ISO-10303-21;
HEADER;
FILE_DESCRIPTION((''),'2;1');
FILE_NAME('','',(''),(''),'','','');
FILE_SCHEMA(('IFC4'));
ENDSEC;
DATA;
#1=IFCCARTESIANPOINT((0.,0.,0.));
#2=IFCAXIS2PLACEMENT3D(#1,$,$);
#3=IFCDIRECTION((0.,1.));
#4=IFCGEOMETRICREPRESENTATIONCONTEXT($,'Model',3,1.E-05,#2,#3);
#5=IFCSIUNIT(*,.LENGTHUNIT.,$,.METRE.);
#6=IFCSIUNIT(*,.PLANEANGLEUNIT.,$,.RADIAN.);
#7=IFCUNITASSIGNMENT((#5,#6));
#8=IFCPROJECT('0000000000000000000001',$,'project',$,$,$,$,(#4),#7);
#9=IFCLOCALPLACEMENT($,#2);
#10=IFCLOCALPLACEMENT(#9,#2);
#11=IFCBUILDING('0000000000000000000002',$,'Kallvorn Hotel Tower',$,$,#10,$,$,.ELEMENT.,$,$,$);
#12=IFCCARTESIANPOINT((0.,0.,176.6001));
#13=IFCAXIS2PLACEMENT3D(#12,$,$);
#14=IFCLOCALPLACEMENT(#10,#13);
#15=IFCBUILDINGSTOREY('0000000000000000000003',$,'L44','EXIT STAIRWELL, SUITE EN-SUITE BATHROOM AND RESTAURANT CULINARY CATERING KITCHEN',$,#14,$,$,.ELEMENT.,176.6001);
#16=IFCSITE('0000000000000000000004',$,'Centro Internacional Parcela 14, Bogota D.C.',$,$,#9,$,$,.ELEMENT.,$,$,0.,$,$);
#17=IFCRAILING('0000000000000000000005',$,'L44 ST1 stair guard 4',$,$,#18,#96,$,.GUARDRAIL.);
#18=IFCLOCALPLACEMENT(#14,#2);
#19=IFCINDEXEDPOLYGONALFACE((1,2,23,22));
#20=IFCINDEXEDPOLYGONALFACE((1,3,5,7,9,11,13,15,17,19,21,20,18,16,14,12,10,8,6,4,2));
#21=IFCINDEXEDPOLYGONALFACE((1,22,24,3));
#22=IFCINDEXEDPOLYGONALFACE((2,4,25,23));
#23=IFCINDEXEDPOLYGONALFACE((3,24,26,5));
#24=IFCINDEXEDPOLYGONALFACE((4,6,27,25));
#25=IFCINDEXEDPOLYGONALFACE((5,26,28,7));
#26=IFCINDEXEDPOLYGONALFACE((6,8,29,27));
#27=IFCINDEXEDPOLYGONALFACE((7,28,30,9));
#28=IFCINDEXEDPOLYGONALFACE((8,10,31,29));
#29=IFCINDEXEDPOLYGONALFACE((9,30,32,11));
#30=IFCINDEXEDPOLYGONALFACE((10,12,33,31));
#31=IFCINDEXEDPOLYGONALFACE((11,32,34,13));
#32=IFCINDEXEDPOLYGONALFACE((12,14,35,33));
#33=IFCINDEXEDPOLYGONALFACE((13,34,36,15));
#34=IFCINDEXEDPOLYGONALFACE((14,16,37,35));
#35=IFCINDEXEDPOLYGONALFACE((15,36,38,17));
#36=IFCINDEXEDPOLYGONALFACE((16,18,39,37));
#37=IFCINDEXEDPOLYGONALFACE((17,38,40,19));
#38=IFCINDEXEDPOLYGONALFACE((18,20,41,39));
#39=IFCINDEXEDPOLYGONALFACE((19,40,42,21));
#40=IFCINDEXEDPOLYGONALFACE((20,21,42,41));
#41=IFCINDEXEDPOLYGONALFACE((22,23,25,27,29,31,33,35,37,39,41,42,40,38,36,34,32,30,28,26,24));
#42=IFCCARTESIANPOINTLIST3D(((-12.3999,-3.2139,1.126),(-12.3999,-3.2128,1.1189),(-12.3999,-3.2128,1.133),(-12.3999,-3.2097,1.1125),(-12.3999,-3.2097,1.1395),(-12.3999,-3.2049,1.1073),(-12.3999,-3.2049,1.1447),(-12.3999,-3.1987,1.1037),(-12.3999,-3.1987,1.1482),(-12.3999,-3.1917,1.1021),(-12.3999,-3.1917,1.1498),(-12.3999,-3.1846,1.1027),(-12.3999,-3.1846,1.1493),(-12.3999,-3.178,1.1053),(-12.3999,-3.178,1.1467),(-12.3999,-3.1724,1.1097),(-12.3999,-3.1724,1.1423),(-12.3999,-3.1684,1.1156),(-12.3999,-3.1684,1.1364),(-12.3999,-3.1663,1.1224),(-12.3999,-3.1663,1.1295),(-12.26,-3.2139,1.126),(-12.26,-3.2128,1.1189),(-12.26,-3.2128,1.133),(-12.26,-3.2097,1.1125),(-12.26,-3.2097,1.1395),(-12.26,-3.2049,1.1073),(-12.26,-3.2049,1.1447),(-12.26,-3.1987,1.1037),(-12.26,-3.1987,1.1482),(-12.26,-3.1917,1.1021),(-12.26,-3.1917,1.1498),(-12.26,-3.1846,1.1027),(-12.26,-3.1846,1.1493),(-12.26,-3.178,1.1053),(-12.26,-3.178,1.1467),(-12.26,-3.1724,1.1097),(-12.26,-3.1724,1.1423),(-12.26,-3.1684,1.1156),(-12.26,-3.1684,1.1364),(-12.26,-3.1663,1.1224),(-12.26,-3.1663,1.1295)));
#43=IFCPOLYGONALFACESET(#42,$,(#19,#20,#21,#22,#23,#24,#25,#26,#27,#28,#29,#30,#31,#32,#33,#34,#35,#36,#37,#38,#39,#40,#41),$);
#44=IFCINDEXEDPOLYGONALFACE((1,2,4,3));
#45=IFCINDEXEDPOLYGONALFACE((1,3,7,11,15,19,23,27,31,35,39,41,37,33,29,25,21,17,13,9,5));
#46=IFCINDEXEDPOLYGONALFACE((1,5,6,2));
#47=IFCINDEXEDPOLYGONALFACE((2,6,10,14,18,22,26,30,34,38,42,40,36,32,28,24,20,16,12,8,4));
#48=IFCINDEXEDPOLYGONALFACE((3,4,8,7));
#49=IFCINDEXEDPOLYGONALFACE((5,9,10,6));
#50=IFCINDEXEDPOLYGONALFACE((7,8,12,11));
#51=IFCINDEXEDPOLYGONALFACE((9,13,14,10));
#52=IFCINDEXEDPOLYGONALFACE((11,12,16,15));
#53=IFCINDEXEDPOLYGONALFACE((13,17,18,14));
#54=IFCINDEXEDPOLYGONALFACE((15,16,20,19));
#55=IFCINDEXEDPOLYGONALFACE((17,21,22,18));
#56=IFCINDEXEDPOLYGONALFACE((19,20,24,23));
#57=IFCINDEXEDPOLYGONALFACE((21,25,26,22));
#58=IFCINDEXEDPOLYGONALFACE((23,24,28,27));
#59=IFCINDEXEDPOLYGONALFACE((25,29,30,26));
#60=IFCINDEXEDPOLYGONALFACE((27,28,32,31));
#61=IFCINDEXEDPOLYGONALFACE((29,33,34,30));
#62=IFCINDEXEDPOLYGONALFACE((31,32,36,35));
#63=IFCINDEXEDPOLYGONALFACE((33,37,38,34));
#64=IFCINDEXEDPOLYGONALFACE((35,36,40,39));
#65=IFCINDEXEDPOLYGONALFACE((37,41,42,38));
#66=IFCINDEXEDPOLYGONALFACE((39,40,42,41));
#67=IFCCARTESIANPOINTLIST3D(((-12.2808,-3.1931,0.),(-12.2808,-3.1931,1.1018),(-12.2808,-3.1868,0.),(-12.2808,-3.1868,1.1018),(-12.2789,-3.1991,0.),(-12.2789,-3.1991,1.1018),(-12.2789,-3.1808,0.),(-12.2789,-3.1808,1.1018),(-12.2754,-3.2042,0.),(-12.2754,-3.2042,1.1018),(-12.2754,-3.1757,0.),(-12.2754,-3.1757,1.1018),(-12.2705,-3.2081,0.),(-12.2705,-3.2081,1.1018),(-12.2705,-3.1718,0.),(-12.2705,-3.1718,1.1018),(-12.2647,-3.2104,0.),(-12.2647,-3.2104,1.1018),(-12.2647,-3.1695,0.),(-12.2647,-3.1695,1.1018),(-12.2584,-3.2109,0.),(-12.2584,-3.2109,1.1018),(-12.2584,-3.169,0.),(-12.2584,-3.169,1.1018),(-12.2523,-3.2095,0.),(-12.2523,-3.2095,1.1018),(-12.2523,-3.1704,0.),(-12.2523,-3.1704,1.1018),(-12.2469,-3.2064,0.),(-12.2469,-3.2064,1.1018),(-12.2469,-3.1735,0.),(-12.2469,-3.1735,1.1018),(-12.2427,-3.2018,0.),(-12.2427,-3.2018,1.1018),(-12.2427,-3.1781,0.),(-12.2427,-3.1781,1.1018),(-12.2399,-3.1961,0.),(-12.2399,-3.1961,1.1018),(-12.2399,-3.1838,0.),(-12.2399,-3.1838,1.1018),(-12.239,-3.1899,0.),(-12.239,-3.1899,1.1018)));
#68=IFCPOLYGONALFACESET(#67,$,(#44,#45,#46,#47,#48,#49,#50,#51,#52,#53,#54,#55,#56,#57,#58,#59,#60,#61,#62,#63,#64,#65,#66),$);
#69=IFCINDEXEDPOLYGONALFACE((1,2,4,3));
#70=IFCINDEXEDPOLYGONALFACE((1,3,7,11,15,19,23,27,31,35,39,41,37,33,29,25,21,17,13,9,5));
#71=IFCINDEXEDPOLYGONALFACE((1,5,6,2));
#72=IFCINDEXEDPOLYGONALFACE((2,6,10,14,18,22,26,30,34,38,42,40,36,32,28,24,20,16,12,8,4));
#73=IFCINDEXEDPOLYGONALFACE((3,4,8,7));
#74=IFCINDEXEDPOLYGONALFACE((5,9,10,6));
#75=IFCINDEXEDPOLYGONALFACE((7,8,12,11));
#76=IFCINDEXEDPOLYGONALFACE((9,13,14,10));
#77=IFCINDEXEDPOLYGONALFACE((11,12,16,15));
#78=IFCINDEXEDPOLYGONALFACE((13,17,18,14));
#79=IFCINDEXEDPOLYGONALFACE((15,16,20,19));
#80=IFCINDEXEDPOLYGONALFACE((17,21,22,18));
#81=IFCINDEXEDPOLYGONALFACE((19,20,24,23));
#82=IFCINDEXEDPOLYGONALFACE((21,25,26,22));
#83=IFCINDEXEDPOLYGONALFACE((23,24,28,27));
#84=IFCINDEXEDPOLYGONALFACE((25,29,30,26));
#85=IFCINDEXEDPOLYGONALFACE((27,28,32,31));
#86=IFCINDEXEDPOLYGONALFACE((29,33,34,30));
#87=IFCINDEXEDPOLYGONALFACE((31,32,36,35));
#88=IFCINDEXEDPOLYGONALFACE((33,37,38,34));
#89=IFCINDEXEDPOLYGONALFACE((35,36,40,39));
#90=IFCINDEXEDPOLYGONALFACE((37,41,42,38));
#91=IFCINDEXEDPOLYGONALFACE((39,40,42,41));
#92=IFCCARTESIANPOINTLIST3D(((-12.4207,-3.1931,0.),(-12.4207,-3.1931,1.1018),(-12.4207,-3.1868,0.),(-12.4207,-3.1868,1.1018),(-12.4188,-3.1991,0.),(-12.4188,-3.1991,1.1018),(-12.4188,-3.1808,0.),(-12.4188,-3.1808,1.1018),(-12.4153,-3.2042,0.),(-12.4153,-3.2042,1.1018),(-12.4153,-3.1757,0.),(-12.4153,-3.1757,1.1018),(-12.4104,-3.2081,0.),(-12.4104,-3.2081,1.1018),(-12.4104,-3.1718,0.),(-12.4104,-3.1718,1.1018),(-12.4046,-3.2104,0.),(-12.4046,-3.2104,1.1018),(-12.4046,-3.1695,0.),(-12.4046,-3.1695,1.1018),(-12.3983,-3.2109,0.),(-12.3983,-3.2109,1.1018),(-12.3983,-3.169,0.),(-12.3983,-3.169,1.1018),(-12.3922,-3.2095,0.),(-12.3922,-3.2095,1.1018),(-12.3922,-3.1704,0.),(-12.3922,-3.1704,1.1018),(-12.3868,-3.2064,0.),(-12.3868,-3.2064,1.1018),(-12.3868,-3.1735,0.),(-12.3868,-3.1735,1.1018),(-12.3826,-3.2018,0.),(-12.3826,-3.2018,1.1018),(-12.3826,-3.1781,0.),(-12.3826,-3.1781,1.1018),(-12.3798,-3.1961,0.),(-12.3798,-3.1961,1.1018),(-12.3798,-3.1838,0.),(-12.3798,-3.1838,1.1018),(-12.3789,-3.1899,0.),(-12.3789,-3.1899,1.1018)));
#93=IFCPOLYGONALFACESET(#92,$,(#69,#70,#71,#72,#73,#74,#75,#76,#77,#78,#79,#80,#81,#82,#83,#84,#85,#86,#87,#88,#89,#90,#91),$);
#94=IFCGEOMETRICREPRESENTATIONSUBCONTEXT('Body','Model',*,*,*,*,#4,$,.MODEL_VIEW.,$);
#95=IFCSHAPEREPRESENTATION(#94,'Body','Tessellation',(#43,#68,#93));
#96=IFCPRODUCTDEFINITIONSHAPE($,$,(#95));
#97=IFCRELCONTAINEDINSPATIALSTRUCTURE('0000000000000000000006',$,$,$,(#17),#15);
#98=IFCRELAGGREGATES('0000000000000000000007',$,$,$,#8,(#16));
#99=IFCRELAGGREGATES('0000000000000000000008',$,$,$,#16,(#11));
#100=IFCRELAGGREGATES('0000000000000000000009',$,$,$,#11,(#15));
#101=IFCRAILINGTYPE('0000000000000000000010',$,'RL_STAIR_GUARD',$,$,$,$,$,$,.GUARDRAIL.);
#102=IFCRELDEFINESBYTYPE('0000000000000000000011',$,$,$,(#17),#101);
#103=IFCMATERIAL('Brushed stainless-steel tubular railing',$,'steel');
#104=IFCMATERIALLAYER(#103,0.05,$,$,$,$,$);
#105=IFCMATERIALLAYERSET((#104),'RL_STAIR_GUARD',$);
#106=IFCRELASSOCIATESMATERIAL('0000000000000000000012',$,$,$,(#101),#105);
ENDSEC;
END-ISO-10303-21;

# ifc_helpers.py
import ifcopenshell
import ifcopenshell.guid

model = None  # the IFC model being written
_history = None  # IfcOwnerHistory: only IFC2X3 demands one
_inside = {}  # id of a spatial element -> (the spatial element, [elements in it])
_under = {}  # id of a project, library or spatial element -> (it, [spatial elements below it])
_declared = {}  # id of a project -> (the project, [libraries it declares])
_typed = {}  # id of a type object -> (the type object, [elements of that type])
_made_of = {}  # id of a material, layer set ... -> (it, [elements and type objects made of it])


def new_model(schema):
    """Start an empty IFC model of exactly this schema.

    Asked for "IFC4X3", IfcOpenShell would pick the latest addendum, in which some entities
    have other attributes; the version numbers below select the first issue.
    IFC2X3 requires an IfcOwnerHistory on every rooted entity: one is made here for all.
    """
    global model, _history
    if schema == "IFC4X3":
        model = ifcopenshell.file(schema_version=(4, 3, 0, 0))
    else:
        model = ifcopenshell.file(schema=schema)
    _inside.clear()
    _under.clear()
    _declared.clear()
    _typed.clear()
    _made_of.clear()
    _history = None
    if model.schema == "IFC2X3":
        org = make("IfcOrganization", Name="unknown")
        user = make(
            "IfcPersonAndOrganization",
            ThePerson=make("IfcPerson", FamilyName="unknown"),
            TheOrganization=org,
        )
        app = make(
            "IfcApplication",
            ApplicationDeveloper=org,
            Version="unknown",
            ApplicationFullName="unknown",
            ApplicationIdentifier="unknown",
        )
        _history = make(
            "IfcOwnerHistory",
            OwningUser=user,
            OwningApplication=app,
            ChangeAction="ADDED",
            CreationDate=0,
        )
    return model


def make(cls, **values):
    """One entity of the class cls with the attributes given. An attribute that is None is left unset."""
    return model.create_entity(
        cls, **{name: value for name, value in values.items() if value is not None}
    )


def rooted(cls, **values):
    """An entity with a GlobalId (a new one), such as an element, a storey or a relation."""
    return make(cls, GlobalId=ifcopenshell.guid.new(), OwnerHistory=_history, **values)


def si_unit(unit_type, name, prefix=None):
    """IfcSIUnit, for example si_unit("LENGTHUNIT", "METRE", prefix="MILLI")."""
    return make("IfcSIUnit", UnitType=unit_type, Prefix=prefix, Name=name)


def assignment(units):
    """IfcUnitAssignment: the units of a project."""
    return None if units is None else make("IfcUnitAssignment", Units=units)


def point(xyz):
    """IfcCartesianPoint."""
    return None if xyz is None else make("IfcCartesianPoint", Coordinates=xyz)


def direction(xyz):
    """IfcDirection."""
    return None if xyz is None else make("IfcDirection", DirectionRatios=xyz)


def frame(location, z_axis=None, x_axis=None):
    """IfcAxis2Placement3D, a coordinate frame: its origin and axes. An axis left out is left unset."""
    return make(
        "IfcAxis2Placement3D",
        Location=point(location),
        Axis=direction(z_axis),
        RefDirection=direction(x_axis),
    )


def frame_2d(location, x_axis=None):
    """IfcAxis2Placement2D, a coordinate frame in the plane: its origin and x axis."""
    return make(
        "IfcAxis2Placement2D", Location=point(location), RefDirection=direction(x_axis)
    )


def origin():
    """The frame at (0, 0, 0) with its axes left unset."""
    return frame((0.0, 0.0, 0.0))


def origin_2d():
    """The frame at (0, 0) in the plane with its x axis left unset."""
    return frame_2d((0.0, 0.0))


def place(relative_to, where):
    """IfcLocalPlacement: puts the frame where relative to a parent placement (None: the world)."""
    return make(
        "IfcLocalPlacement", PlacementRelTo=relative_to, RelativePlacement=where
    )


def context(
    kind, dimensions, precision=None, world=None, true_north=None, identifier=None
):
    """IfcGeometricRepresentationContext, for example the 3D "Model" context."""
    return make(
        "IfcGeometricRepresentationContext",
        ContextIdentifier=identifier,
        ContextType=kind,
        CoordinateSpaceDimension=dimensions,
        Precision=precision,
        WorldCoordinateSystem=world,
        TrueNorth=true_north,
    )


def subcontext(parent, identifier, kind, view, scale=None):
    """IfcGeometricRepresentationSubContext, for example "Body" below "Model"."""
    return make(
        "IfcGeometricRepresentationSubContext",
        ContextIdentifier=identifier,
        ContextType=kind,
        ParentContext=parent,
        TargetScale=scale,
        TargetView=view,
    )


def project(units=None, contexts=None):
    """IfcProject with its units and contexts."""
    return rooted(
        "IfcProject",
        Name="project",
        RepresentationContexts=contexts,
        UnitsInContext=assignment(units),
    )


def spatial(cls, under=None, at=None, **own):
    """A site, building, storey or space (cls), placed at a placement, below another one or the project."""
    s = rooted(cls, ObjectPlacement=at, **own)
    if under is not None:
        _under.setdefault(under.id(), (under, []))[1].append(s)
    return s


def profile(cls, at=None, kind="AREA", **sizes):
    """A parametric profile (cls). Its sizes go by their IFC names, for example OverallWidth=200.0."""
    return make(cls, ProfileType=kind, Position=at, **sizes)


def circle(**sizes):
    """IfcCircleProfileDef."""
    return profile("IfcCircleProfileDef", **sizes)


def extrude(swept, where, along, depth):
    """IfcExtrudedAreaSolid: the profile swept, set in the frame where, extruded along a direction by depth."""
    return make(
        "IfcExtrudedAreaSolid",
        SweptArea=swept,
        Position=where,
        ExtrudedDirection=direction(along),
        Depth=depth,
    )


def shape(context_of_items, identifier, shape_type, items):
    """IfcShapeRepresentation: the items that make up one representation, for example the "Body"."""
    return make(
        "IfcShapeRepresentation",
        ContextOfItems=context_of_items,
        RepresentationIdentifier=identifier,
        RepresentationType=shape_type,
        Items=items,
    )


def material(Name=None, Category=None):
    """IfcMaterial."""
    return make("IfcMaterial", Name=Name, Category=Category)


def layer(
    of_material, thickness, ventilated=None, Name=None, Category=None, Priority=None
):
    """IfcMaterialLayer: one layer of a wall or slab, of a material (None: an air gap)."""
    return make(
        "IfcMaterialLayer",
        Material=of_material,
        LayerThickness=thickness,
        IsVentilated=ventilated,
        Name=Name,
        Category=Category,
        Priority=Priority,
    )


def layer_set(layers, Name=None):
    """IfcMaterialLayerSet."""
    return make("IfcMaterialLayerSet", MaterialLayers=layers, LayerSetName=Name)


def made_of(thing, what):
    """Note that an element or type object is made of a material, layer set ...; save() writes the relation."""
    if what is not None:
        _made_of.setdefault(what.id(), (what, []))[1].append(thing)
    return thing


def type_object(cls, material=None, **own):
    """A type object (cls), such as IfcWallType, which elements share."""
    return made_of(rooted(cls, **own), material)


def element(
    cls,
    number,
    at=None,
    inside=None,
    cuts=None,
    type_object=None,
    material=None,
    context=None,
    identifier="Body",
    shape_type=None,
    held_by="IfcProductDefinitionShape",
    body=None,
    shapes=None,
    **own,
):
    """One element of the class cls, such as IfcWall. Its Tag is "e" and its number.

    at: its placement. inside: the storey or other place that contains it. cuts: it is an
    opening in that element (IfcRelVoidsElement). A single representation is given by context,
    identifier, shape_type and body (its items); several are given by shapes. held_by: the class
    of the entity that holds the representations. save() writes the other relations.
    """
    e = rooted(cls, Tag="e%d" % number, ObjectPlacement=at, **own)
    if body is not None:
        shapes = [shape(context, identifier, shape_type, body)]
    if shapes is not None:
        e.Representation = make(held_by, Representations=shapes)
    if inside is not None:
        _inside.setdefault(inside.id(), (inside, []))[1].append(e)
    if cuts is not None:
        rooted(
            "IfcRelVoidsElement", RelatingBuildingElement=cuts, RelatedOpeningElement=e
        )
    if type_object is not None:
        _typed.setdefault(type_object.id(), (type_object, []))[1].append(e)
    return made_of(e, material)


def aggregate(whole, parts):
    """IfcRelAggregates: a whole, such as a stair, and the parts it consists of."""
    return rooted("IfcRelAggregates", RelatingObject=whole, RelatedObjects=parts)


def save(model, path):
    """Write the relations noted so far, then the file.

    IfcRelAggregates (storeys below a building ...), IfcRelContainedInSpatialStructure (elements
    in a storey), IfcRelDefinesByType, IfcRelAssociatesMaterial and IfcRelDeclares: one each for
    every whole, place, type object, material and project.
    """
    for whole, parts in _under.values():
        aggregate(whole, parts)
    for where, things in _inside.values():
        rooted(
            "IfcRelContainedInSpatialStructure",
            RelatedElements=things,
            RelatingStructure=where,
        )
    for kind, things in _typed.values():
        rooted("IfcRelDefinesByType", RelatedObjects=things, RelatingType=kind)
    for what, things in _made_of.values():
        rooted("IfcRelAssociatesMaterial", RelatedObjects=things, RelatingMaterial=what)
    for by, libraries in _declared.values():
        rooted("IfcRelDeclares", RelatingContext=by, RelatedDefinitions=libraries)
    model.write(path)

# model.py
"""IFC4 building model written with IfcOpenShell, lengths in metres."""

from ifc_helpers import new_model, si_unit, direction, frame, origin, origin_2d, place, context, subcontext, project, spatial, circle, extrude, material, layer, layer_set, type_object, element, save


model = new_model("IFC4")

# Units and contexts
model_context = context("Model", 3, precision=1e-05, world=origin(), true_north=direction((0.0, 1.0)))
body_context = subcontext(model_context, "Body", "Model", "MODEL_VIEW")
ifc_project = project(units=[si_unit("LENGTHUNIT", "METRE"), si_unit("PLANEANGLEUNIT", "RADIAN")], contexts=[model_context])

# Site, building, storey
site_placement = place(None, origin())
site = spatial("IfcSite", under=ifc_project, at=site_placement, Name="Centro Internacional Parcela 14, Bogota D.C.", CompositionType="ELEMENT", RefElevation=0.0)
building_placement = place(site_placement, origin())
building = spatial("IfcBuilding", under=site, at=building_placement, Name="Kallvorn Hotel Tower", CompositionType="ELEMENT")
storey_placement = place(building_placement, frame((0.0, 0.0, 176.6001)))
storey = spatial("IfcBuildingStorey", under=building, at=storey_placement, Name="L44", Description="EXIT STAIRWELL, SUITE EN-SUITE BATHROOM AND RESTAURANT CULINARY CATERING KITCHEN", CompositionType="ELEMENT", Elevation=176.6001)

# Railing
ifc_material_1 = material(Name="Brushed stainless-steel tubular railing", Category="steel")
ifc_layer_1 = layer(ifc_material_1, 0.05)
ifc_layer_set_1 = layer_set([ifc_layer_1], Name="RL_STAIR_GUARD")
railing_type = type_object("IfcRailingType", Name="RL_STAIR_GUARD", PredefinedType="GUARDRAIL", material=ifc_layer_set_1)
railing_placement = place(storey_placement, frame((-12.26, -3.1899, 0.0)))
element("IfcRailing", 1, at=railing_placement, inside=storey, type_object=railing_type, Name="L44 ST1 stair guard 4", PredefinedType="GUARDRAIL", context=body_context, shape_type="SweptSolid", body=[
    extrude(circle(Radius=0.0239, at=origin_2d()), frame((0.0, 0.0, 1.126), z_axis=(-1.0, 0.0, 0.0), x_axis=(0.0, -1.0, 0.0)), (0.0, 0.0, 1.0), 0.1399),
    extrude(circle(Radius=0.021, at=origin_2d()), origin(), (0.0, 0.0, 1.0), 1.1018),
    extrude(circle(Radius=0.021, at=origin_2d()), frame((-0.1399, 0.0, 0.0)), (0.0, 0.0, 1.0), 1.1018),
])

save(model, "model.ifc")
